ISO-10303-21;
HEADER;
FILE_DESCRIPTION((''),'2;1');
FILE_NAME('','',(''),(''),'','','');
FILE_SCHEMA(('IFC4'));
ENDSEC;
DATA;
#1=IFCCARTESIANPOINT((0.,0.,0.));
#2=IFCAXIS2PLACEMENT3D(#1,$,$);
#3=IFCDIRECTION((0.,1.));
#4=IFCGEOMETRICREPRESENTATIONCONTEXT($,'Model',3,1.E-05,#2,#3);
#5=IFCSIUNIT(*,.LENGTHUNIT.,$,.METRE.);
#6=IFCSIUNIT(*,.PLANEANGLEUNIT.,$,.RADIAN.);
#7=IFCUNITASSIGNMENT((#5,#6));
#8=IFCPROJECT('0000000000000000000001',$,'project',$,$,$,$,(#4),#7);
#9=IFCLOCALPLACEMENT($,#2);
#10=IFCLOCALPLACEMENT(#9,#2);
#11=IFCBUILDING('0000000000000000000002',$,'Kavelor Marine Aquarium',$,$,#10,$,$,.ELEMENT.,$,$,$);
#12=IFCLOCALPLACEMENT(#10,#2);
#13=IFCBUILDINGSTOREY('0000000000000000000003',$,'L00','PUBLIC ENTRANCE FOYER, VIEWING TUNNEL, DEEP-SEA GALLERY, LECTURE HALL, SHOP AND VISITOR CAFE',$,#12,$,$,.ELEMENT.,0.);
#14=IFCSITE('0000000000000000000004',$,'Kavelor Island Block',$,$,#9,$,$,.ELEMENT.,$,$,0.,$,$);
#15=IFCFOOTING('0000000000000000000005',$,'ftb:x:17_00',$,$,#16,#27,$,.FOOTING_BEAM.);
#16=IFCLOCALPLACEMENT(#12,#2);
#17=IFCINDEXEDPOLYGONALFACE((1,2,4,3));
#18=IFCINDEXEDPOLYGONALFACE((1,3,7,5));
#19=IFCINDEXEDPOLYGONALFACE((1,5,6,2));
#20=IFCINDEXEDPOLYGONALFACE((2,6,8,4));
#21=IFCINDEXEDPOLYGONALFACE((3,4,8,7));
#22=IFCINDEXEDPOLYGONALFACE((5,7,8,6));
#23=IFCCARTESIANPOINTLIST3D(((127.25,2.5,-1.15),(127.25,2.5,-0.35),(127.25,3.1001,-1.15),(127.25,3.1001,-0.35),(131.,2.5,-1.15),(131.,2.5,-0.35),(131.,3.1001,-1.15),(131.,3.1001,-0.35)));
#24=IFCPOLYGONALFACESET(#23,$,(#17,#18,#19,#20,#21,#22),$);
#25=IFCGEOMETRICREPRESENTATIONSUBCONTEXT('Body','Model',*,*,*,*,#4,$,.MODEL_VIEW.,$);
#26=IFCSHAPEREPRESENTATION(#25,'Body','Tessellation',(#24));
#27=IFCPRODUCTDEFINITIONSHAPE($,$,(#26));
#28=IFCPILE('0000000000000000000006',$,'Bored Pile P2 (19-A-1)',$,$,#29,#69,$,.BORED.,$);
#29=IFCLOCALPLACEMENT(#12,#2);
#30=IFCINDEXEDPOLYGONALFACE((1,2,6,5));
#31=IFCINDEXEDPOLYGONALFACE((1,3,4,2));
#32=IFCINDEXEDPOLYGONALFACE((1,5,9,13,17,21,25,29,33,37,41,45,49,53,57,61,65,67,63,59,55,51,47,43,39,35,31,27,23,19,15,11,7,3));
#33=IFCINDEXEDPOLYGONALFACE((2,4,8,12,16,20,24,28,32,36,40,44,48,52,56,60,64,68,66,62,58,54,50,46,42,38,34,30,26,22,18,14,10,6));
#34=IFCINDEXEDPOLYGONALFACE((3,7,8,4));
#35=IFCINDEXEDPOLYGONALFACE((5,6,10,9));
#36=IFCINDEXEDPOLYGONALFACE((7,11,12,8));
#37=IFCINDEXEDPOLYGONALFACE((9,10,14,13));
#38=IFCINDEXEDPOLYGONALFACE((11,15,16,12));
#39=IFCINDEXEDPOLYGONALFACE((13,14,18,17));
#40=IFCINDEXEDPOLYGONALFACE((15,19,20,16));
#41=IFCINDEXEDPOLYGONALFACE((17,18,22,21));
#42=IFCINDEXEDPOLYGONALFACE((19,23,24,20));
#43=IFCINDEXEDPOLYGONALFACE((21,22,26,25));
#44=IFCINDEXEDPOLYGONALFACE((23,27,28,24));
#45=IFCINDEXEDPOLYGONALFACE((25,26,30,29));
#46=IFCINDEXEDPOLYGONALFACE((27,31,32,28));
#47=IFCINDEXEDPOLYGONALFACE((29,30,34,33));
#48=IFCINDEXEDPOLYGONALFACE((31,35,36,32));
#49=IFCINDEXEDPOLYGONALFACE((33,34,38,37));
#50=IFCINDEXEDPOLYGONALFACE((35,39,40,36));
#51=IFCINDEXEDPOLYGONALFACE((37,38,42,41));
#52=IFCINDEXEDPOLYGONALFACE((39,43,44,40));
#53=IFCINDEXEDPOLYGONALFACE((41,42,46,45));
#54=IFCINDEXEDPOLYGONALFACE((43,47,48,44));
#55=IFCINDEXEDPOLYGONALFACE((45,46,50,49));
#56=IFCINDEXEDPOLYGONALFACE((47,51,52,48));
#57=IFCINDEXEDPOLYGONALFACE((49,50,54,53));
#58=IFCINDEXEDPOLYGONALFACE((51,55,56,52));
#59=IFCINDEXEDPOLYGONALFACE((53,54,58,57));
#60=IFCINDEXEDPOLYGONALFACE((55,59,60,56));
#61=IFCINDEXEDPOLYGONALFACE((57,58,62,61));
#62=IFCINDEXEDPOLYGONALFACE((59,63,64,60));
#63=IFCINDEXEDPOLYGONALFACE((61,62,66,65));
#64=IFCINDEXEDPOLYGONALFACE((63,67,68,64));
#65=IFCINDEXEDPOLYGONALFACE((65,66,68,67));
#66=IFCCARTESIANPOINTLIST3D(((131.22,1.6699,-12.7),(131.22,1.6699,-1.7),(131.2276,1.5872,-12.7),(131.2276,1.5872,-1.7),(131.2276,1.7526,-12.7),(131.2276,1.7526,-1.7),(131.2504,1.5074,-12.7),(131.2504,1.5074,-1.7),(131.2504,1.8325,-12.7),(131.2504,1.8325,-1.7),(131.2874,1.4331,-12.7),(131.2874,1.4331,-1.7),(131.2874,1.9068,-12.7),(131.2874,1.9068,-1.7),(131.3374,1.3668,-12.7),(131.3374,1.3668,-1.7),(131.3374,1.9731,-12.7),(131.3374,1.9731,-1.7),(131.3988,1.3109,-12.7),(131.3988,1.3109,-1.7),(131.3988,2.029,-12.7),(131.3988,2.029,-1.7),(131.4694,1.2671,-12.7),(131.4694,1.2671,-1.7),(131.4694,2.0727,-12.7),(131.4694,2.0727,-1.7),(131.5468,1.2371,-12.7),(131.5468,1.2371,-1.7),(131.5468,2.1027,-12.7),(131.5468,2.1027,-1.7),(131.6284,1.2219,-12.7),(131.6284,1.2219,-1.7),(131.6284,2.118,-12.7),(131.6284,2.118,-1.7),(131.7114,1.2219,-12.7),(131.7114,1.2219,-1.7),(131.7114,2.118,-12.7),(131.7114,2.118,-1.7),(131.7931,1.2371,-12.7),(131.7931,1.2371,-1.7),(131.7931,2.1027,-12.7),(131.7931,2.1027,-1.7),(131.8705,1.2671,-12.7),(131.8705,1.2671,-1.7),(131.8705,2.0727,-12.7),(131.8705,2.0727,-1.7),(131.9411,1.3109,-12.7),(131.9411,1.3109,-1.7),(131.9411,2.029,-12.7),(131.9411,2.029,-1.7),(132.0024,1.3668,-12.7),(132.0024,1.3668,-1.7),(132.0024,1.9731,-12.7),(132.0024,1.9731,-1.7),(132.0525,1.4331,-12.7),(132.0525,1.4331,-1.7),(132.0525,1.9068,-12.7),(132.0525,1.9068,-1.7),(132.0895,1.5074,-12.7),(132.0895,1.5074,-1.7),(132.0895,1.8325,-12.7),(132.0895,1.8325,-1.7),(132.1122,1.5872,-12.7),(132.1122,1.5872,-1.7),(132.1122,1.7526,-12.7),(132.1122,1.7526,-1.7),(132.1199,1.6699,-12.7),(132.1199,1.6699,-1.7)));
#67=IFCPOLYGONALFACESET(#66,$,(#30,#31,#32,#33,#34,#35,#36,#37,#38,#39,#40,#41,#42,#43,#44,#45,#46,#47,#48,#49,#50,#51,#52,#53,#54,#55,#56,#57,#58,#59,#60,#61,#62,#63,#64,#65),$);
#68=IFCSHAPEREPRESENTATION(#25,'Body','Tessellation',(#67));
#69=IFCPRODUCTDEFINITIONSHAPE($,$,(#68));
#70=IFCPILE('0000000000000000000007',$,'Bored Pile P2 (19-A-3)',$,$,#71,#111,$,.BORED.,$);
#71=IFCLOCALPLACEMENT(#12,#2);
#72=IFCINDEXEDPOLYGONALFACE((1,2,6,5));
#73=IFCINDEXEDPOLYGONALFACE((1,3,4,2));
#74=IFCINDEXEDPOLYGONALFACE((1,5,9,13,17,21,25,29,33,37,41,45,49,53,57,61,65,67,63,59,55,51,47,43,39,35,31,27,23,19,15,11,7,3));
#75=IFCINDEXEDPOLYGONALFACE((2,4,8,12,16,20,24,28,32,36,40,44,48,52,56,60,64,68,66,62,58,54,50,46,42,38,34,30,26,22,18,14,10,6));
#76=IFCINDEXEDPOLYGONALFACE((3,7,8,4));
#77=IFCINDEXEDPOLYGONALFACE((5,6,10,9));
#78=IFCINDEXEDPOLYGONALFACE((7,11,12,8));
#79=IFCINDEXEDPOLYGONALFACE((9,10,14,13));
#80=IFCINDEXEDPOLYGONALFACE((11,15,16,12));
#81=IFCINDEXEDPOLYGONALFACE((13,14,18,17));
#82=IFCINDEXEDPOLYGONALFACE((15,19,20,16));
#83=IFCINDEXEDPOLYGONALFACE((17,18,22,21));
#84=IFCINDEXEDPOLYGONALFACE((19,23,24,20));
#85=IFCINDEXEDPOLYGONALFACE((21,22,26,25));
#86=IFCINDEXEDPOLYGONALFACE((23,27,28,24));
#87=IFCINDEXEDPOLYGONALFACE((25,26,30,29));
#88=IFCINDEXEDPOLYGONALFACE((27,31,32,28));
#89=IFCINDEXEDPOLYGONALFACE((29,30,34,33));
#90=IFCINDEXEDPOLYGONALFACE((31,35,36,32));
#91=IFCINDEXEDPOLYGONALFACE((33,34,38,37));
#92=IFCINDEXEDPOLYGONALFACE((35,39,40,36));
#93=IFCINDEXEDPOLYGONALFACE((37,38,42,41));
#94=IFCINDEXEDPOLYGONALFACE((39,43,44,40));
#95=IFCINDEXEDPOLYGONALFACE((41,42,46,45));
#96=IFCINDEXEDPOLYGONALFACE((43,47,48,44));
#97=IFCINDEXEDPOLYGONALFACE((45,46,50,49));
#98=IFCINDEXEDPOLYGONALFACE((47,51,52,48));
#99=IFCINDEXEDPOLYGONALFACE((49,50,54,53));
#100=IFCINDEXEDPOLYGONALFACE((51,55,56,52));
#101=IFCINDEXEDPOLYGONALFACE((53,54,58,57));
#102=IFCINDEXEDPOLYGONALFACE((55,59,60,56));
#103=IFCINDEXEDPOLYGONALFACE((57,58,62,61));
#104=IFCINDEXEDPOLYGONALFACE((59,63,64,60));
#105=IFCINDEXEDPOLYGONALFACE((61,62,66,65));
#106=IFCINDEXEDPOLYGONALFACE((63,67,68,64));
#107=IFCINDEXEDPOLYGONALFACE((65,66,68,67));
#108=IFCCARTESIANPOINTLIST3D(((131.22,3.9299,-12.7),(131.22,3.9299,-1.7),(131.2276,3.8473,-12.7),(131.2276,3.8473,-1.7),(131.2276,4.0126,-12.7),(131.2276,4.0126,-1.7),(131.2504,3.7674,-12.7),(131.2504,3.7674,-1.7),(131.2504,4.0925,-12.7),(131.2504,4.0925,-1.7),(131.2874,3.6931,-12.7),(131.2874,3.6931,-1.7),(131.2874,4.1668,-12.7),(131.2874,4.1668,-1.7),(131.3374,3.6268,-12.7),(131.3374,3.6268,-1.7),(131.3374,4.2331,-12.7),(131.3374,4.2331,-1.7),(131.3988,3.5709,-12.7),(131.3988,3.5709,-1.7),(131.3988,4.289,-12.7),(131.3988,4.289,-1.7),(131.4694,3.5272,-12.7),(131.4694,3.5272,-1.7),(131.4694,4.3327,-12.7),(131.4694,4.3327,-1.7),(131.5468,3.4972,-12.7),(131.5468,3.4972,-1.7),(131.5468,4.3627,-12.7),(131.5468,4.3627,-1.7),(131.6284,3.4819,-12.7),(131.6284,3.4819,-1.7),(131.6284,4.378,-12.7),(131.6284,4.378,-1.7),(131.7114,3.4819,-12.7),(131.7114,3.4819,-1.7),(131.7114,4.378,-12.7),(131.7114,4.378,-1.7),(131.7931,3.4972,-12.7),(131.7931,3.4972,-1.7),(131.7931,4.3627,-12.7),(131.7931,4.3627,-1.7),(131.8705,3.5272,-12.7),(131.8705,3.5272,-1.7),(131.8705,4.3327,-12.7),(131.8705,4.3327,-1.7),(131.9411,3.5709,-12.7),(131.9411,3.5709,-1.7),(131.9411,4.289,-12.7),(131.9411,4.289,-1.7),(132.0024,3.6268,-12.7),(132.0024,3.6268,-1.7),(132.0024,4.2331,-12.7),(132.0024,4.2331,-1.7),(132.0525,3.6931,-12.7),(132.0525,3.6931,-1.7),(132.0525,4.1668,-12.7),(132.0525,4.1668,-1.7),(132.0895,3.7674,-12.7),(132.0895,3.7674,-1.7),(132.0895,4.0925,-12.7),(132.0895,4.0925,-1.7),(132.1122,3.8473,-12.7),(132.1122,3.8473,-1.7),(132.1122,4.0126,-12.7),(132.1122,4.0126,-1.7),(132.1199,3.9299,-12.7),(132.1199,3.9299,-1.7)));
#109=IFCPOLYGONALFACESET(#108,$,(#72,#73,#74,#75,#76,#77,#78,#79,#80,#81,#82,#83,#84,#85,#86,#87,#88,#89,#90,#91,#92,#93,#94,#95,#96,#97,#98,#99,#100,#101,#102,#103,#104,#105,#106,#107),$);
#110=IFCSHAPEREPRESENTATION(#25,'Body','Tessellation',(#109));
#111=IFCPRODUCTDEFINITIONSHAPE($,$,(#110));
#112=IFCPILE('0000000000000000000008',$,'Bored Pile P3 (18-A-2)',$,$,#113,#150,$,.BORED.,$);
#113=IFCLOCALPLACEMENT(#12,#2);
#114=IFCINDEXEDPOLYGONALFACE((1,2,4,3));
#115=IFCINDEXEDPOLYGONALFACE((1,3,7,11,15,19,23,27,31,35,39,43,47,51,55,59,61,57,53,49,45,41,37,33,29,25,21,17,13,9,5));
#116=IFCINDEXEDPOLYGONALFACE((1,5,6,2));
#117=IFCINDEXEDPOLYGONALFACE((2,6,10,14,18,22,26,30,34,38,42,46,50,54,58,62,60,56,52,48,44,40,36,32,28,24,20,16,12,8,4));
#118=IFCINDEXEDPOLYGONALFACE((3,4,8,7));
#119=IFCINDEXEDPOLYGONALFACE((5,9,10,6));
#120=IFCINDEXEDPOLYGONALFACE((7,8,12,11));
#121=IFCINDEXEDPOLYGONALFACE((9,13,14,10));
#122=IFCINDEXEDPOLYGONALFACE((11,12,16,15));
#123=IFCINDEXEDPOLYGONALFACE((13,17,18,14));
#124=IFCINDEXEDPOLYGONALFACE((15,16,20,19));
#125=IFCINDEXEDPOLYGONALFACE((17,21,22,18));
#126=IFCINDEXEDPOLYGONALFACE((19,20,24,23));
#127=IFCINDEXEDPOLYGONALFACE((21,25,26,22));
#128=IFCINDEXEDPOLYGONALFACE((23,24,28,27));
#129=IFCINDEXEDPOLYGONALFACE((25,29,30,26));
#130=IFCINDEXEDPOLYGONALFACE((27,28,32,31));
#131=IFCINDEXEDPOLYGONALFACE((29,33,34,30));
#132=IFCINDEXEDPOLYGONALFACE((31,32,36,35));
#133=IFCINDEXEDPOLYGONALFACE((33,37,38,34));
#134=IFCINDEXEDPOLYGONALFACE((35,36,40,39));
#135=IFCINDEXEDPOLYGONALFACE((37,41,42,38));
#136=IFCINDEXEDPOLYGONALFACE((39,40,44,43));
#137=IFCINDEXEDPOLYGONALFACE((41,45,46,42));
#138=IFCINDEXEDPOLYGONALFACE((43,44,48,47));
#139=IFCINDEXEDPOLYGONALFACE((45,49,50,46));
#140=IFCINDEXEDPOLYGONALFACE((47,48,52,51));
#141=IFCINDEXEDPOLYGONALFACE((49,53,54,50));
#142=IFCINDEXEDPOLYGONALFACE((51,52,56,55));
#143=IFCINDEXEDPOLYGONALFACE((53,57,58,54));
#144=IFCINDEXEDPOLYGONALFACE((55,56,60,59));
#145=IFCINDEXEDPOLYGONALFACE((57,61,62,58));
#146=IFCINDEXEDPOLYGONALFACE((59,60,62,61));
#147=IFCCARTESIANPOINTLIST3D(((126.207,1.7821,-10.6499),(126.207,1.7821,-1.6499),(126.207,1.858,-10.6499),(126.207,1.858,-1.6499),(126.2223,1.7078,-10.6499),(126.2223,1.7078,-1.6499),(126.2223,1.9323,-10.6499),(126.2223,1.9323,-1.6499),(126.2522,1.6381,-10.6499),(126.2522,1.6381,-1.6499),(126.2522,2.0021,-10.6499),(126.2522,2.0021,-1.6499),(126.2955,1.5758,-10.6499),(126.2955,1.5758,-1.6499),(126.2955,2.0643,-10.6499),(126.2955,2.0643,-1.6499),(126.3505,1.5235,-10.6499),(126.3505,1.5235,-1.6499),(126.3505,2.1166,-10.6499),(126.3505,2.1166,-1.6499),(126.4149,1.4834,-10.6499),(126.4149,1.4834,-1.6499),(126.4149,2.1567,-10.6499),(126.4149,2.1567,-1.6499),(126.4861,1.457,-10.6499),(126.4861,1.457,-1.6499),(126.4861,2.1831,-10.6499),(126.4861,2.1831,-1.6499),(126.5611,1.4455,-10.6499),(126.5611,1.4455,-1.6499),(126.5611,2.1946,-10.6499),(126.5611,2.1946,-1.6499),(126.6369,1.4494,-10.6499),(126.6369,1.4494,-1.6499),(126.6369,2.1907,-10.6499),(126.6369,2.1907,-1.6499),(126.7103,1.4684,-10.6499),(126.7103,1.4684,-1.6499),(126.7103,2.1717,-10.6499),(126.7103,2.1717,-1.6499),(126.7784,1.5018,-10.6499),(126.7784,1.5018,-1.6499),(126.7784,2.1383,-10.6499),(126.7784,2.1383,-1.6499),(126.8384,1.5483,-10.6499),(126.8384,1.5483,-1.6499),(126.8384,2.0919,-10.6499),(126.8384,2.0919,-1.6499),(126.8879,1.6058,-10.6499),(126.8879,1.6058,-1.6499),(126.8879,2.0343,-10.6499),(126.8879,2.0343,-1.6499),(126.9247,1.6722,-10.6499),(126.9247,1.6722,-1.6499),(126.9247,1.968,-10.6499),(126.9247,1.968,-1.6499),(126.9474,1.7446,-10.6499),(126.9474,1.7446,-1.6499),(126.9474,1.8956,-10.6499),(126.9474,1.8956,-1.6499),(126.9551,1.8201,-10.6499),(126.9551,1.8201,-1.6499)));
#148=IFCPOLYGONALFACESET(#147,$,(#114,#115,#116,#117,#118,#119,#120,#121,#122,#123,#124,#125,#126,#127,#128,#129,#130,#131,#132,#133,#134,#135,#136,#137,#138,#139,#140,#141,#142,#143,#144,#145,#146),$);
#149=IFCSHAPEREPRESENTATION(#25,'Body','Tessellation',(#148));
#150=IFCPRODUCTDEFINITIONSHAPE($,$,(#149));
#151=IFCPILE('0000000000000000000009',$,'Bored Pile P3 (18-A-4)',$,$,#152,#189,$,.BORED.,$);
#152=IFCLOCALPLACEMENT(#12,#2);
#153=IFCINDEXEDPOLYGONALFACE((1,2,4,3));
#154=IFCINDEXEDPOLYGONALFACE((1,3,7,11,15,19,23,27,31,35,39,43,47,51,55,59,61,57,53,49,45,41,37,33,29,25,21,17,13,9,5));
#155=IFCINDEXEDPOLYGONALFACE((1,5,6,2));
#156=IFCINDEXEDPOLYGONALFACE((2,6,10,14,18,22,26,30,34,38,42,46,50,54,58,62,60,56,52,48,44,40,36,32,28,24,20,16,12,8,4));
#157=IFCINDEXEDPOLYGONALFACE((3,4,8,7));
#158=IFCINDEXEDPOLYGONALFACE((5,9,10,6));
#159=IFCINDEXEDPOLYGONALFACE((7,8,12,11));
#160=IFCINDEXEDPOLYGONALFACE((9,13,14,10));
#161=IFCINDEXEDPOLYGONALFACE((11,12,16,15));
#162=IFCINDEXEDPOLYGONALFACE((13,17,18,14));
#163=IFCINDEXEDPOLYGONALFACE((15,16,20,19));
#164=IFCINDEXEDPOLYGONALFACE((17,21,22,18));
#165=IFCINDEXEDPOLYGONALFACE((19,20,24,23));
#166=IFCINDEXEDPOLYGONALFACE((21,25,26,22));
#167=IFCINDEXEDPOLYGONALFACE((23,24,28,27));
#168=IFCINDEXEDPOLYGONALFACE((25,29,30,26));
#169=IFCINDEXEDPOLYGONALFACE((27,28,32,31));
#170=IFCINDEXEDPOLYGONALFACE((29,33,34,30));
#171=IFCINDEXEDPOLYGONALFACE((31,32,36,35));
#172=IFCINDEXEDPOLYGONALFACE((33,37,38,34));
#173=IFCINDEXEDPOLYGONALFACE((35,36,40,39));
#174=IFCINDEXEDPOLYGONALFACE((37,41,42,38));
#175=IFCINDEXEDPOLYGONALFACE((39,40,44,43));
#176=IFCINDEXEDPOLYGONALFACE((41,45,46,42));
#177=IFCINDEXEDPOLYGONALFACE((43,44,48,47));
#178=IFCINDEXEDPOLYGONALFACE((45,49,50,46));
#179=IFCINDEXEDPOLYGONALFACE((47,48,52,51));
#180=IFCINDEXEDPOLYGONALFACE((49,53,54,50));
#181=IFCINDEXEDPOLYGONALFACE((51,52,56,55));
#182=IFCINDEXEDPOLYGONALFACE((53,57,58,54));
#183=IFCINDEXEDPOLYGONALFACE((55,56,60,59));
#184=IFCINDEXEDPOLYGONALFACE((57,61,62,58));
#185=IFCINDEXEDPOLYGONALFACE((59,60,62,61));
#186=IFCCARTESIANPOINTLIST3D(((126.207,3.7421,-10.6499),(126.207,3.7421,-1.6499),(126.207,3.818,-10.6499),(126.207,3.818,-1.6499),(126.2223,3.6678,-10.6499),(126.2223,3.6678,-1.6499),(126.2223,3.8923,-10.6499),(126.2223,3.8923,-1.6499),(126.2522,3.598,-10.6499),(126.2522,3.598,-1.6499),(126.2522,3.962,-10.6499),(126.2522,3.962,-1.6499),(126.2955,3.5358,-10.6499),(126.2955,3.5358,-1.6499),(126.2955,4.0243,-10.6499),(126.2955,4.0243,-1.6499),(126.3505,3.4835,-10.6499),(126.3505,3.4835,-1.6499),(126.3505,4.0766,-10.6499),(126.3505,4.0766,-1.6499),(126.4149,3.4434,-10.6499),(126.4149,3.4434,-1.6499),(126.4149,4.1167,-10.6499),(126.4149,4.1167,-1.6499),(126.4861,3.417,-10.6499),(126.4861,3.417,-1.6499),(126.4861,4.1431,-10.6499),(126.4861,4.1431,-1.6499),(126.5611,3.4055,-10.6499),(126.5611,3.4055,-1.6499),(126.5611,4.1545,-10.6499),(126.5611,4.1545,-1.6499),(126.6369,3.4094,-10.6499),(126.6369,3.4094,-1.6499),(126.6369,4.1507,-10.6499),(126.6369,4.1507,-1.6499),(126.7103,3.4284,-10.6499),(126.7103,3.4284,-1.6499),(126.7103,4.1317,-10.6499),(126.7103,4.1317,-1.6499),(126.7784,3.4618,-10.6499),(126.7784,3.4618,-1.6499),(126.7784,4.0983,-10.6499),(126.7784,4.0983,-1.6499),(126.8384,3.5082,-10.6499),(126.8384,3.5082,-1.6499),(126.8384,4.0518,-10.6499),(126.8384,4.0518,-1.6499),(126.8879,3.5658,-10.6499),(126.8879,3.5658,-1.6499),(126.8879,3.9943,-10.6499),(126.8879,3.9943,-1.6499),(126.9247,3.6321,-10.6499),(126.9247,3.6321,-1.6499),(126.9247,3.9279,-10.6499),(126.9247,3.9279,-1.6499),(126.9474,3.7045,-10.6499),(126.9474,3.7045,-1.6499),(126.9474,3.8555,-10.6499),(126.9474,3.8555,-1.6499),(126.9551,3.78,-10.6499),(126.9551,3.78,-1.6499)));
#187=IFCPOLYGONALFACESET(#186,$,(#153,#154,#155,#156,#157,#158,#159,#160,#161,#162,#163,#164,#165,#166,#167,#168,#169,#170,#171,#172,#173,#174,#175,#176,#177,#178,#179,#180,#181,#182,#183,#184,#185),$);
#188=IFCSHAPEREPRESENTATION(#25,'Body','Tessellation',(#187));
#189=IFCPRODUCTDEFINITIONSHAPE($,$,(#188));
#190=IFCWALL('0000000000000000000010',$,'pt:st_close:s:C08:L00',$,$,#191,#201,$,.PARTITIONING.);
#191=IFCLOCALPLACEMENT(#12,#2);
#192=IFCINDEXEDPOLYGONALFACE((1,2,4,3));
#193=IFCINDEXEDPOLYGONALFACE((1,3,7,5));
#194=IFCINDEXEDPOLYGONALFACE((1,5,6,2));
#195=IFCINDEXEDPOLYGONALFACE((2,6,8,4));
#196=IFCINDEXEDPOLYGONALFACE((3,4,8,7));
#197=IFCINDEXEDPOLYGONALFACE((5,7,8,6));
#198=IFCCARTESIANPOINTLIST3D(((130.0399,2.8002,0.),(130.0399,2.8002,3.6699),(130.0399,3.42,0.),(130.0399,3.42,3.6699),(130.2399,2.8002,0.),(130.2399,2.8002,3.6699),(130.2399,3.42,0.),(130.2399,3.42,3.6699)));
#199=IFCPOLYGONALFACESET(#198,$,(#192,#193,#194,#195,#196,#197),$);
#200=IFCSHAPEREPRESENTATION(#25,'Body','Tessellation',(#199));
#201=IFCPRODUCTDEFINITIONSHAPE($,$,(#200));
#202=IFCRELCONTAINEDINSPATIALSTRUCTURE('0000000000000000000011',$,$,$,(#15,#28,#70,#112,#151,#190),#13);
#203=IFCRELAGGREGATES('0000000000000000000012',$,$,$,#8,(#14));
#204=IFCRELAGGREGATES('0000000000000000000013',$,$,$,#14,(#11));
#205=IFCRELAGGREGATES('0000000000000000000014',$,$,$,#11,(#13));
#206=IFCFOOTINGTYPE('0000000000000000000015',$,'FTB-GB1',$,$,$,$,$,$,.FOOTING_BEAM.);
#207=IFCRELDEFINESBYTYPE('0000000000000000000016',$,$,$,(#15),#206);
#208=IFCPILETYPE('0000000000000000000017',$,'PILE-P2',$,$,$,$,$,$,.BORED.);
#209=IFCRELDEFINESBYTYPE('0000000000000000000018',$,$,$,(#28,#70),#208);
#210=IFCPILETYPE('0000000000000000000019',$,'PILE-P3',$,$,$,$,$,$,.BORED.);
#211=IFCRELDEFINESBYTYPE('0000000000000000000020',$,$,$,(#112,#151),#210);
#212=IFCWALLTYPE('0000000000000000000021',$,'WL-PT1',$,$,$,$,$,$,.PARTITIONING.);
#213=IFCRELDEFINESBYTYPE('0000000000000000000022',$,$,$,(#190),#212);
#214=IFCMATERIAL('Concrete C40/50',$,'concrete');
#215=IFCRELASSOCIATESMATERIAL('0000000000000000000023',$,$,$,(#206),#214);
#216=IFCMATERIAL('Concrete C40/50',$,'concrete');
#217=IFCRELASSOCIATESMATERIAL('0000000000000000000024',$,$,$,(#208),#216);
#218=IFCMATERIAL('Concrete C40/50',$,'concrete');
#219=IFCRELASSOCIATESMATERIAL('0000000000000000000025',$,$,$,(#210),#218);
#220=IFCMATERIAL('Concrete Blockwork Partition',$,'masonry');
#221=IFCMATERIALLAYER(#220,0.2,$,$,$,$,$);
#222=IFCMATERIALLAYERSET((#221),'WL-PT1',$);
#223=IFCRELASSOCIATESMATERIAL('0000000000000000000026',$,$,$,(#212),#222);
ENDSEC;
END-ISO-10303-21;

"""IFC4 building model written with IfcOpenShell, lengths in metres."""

from ifc_helpers import new_model, si_unit, direction, frame, frame_2d, origin, origin_2d, place, context, subcontext, project, spatial, rectangle, circle, extrude, material, layer, layer_set, material_profile, profile_set, type_object, element, save


model = new_model("IFC4")

# Units and contexts
model_context = context("Model", 3, precision=1e-05, world=origin(), true_north=direction((0.0, 1.0)))
body_context = subcontext(model_context, "Body", "Model", "MODEL_VIEW")
ifc_project = project(units=[si_unit("LENGTHUNIT", "METRE"), si_unit("PLANEANGLEUNIT", "RADIAN")], contexts=[model_context])

# Site, building, storey
site_placement = place(None, origin())
site = spatial("IfcSite", under=ifc_project, at=site_placement, Name="Kavelor Island Block", CompositionType="ELEMENT", RefElevation=0.0)
building_placement = place(site_placement, origin())
building = spatial("IfcBuilding", under=site, at=building_placement, Name="Kavelor Marine Aquarium", CompositionType="ELEMENT")
storey_placement = place(building_placement, origin())
storey = spatial("IfcBuildingStorey", under=building, at=storey_placement, Name="L00", Description="PUBLIC ENTRANCE FOYER, VIEWING TUNNEL, DEEP-SEA GALLERY, LECTURE HALL, SHOP AND VISITOR CAFE", CompositionType="ELEMENT", Elevation=0.0)

# Footing
ifc_material_1 = material(Name="Concrete C40/50", Category="concrete")
ifc_material_profile_1 = material_profile(ifc_material_1, rectangle(XDim=0.6001, YDim=0.8, at=origin_2d()), Name="GB 600x800")
ifc_profile_set_1 = profile_set([ifc_material_profile_1], Name="Concrete C40/50")
footing_type = type_object("IfcFootingType", Name="FTB-GB1", PredefinedType="FOOTING_BEAM", material=ifc_profile_set_1)
footing_placement = place(storey_placement, frame((127.25, 2.8, -0.75), z_axis=(1.0, 0.0, 0.0), x_axis=(0.0, 1.0, 0.0)))
element("IfcFooting", 1, at=footing_placement, inside=storey, type_object=footing_type, Name="ftb:x:17_00", PredefinedType="FOOTING_BEAM", context=body_context, shape_type="SweptSolid", body=[
    extrude(rectangle(XDim=0.6001, YDim=0.8, at=origin_2d()), origin(), (0.0, 0.0, 1.0), 3.75),
])

# Piles
ifc_material_2 = material(Name="Concrete C40/50", Category="concrete")
ifc_material_profile_2 = material_profile(ifc_material_2, circle(Radius=0.45, at=origin_2d()), Name="PILE D900")
ifc_profile_set_2 = profile_set([ifc_material_profile_2], Name="Concrete C40/50")
pile_type_1 = type_object("IfcPileType", Name="PILE-P2", PredefinedType="BORED", material=ifc_profile_set_2)
for number, where, z_axis, x_axis, name in (
    (2, (131.6699, 1.6699, -1.7), (0.0, 0.0, -1.0), (1.0, 0.0, 0.0), "Bored Pile P2 (19-A-1)"),
    (3, (131.6699, 3.9299, -1.7), (0.0, 0.0, -1.0), (1.0, 0.0, 0.0), "Bored Pile P2 (19-A-3)"),
):
    element("IfcPile", number, at=place(storey_placement, frame(where, z_axis=z_axis, x_axis=x_axis)), inside=storey, type_object=pile_type_1, Name=name, PredefinedType="BORED", context=body_context, shape_type="SweptSolid", body=[
        extrude(circle(Radius=0.45, at=origin_2d()), origin(), (0.0, 0.0, 1.0), 11.0),
    ])
ifc_material_3 = material(Name="Concrete C40/50", Category="concrete")
ifc_material_profile_3 = material_profile(ifc_material_3, circle(Radius=0.375, at=origin_2d()), Name="PILE D750")
ifc_profile_set_3 = profile_set([ifc_material_profile_3], Name="Concrete C40/50")
pile_type_2 = type_object("IfcPileType", Name="PILE-P3", PredefinedType="BORED", material=ifc_profile_set_3)
for number, where, z_axis, x_axis, name in (
    (4, (126.5801, 1.8201, -1.6499), (0.0, 0.0, -1.0), (1.0, 0.0, 0.0), "Bored Pile P3 (18-A-2)"),
    (5, (126.5801, 3.78, -1.6499), (0.0, 0.0, -1.0), (1.0, 0.0, 0.0), "Bored Pile P3 (18-A-4)"),
):
    element("IfcPile", number, at=place(storey_placement, frame(where, z_axis=z_axis, x_axis=x_axis)), inside=storey, type_object=pile_type_2, Name=name, PredefinedType="BORED", context=body_context, shape_type="SweptSolid", body=[
        extrude(circle(Radius=0.375, at=origin_2d()), origin(), (0.0, 0.0, 1.0), 9.0),
    ])

# Wall
ifc_material_4 = material(Name="Concrete Blockwork Partition", Category="masonry")
ifc_layer_1 = layer(ifc_material_4, 0.2)
ifc_layer_set_1 = layer_set([ifc_layer_1], Name="WL-PT1")
wall_type_1 = type_object("IfcWallType", Name="WL-PT1", PredefinedType="PARTITIONING", material=ifc_layer_set_1)
wall_1_placement = place(storey_placement, frame((130.1399, 2.8, 0.0), z_axis=(0.0, 0.0, 1.0), x_axis=(0.0, 1.0, 0.0)))
element("IfcWall", 6, at=wall_1_placement, inside=storey, type_object=wall_type_1, Name="pt:st_close:s:C08:L00", PredefinedType="PARTITIONING", context=body_context, shape_type="SweptSolid", body=[
    extrude(rectangle(XDim=0.6199, YDim=0.2, at=frame_2d((0.3101, 0.0))), origin(), (0.0, 0.0, 1.0), 3.6699),
])

save(model, "model.ifc")
